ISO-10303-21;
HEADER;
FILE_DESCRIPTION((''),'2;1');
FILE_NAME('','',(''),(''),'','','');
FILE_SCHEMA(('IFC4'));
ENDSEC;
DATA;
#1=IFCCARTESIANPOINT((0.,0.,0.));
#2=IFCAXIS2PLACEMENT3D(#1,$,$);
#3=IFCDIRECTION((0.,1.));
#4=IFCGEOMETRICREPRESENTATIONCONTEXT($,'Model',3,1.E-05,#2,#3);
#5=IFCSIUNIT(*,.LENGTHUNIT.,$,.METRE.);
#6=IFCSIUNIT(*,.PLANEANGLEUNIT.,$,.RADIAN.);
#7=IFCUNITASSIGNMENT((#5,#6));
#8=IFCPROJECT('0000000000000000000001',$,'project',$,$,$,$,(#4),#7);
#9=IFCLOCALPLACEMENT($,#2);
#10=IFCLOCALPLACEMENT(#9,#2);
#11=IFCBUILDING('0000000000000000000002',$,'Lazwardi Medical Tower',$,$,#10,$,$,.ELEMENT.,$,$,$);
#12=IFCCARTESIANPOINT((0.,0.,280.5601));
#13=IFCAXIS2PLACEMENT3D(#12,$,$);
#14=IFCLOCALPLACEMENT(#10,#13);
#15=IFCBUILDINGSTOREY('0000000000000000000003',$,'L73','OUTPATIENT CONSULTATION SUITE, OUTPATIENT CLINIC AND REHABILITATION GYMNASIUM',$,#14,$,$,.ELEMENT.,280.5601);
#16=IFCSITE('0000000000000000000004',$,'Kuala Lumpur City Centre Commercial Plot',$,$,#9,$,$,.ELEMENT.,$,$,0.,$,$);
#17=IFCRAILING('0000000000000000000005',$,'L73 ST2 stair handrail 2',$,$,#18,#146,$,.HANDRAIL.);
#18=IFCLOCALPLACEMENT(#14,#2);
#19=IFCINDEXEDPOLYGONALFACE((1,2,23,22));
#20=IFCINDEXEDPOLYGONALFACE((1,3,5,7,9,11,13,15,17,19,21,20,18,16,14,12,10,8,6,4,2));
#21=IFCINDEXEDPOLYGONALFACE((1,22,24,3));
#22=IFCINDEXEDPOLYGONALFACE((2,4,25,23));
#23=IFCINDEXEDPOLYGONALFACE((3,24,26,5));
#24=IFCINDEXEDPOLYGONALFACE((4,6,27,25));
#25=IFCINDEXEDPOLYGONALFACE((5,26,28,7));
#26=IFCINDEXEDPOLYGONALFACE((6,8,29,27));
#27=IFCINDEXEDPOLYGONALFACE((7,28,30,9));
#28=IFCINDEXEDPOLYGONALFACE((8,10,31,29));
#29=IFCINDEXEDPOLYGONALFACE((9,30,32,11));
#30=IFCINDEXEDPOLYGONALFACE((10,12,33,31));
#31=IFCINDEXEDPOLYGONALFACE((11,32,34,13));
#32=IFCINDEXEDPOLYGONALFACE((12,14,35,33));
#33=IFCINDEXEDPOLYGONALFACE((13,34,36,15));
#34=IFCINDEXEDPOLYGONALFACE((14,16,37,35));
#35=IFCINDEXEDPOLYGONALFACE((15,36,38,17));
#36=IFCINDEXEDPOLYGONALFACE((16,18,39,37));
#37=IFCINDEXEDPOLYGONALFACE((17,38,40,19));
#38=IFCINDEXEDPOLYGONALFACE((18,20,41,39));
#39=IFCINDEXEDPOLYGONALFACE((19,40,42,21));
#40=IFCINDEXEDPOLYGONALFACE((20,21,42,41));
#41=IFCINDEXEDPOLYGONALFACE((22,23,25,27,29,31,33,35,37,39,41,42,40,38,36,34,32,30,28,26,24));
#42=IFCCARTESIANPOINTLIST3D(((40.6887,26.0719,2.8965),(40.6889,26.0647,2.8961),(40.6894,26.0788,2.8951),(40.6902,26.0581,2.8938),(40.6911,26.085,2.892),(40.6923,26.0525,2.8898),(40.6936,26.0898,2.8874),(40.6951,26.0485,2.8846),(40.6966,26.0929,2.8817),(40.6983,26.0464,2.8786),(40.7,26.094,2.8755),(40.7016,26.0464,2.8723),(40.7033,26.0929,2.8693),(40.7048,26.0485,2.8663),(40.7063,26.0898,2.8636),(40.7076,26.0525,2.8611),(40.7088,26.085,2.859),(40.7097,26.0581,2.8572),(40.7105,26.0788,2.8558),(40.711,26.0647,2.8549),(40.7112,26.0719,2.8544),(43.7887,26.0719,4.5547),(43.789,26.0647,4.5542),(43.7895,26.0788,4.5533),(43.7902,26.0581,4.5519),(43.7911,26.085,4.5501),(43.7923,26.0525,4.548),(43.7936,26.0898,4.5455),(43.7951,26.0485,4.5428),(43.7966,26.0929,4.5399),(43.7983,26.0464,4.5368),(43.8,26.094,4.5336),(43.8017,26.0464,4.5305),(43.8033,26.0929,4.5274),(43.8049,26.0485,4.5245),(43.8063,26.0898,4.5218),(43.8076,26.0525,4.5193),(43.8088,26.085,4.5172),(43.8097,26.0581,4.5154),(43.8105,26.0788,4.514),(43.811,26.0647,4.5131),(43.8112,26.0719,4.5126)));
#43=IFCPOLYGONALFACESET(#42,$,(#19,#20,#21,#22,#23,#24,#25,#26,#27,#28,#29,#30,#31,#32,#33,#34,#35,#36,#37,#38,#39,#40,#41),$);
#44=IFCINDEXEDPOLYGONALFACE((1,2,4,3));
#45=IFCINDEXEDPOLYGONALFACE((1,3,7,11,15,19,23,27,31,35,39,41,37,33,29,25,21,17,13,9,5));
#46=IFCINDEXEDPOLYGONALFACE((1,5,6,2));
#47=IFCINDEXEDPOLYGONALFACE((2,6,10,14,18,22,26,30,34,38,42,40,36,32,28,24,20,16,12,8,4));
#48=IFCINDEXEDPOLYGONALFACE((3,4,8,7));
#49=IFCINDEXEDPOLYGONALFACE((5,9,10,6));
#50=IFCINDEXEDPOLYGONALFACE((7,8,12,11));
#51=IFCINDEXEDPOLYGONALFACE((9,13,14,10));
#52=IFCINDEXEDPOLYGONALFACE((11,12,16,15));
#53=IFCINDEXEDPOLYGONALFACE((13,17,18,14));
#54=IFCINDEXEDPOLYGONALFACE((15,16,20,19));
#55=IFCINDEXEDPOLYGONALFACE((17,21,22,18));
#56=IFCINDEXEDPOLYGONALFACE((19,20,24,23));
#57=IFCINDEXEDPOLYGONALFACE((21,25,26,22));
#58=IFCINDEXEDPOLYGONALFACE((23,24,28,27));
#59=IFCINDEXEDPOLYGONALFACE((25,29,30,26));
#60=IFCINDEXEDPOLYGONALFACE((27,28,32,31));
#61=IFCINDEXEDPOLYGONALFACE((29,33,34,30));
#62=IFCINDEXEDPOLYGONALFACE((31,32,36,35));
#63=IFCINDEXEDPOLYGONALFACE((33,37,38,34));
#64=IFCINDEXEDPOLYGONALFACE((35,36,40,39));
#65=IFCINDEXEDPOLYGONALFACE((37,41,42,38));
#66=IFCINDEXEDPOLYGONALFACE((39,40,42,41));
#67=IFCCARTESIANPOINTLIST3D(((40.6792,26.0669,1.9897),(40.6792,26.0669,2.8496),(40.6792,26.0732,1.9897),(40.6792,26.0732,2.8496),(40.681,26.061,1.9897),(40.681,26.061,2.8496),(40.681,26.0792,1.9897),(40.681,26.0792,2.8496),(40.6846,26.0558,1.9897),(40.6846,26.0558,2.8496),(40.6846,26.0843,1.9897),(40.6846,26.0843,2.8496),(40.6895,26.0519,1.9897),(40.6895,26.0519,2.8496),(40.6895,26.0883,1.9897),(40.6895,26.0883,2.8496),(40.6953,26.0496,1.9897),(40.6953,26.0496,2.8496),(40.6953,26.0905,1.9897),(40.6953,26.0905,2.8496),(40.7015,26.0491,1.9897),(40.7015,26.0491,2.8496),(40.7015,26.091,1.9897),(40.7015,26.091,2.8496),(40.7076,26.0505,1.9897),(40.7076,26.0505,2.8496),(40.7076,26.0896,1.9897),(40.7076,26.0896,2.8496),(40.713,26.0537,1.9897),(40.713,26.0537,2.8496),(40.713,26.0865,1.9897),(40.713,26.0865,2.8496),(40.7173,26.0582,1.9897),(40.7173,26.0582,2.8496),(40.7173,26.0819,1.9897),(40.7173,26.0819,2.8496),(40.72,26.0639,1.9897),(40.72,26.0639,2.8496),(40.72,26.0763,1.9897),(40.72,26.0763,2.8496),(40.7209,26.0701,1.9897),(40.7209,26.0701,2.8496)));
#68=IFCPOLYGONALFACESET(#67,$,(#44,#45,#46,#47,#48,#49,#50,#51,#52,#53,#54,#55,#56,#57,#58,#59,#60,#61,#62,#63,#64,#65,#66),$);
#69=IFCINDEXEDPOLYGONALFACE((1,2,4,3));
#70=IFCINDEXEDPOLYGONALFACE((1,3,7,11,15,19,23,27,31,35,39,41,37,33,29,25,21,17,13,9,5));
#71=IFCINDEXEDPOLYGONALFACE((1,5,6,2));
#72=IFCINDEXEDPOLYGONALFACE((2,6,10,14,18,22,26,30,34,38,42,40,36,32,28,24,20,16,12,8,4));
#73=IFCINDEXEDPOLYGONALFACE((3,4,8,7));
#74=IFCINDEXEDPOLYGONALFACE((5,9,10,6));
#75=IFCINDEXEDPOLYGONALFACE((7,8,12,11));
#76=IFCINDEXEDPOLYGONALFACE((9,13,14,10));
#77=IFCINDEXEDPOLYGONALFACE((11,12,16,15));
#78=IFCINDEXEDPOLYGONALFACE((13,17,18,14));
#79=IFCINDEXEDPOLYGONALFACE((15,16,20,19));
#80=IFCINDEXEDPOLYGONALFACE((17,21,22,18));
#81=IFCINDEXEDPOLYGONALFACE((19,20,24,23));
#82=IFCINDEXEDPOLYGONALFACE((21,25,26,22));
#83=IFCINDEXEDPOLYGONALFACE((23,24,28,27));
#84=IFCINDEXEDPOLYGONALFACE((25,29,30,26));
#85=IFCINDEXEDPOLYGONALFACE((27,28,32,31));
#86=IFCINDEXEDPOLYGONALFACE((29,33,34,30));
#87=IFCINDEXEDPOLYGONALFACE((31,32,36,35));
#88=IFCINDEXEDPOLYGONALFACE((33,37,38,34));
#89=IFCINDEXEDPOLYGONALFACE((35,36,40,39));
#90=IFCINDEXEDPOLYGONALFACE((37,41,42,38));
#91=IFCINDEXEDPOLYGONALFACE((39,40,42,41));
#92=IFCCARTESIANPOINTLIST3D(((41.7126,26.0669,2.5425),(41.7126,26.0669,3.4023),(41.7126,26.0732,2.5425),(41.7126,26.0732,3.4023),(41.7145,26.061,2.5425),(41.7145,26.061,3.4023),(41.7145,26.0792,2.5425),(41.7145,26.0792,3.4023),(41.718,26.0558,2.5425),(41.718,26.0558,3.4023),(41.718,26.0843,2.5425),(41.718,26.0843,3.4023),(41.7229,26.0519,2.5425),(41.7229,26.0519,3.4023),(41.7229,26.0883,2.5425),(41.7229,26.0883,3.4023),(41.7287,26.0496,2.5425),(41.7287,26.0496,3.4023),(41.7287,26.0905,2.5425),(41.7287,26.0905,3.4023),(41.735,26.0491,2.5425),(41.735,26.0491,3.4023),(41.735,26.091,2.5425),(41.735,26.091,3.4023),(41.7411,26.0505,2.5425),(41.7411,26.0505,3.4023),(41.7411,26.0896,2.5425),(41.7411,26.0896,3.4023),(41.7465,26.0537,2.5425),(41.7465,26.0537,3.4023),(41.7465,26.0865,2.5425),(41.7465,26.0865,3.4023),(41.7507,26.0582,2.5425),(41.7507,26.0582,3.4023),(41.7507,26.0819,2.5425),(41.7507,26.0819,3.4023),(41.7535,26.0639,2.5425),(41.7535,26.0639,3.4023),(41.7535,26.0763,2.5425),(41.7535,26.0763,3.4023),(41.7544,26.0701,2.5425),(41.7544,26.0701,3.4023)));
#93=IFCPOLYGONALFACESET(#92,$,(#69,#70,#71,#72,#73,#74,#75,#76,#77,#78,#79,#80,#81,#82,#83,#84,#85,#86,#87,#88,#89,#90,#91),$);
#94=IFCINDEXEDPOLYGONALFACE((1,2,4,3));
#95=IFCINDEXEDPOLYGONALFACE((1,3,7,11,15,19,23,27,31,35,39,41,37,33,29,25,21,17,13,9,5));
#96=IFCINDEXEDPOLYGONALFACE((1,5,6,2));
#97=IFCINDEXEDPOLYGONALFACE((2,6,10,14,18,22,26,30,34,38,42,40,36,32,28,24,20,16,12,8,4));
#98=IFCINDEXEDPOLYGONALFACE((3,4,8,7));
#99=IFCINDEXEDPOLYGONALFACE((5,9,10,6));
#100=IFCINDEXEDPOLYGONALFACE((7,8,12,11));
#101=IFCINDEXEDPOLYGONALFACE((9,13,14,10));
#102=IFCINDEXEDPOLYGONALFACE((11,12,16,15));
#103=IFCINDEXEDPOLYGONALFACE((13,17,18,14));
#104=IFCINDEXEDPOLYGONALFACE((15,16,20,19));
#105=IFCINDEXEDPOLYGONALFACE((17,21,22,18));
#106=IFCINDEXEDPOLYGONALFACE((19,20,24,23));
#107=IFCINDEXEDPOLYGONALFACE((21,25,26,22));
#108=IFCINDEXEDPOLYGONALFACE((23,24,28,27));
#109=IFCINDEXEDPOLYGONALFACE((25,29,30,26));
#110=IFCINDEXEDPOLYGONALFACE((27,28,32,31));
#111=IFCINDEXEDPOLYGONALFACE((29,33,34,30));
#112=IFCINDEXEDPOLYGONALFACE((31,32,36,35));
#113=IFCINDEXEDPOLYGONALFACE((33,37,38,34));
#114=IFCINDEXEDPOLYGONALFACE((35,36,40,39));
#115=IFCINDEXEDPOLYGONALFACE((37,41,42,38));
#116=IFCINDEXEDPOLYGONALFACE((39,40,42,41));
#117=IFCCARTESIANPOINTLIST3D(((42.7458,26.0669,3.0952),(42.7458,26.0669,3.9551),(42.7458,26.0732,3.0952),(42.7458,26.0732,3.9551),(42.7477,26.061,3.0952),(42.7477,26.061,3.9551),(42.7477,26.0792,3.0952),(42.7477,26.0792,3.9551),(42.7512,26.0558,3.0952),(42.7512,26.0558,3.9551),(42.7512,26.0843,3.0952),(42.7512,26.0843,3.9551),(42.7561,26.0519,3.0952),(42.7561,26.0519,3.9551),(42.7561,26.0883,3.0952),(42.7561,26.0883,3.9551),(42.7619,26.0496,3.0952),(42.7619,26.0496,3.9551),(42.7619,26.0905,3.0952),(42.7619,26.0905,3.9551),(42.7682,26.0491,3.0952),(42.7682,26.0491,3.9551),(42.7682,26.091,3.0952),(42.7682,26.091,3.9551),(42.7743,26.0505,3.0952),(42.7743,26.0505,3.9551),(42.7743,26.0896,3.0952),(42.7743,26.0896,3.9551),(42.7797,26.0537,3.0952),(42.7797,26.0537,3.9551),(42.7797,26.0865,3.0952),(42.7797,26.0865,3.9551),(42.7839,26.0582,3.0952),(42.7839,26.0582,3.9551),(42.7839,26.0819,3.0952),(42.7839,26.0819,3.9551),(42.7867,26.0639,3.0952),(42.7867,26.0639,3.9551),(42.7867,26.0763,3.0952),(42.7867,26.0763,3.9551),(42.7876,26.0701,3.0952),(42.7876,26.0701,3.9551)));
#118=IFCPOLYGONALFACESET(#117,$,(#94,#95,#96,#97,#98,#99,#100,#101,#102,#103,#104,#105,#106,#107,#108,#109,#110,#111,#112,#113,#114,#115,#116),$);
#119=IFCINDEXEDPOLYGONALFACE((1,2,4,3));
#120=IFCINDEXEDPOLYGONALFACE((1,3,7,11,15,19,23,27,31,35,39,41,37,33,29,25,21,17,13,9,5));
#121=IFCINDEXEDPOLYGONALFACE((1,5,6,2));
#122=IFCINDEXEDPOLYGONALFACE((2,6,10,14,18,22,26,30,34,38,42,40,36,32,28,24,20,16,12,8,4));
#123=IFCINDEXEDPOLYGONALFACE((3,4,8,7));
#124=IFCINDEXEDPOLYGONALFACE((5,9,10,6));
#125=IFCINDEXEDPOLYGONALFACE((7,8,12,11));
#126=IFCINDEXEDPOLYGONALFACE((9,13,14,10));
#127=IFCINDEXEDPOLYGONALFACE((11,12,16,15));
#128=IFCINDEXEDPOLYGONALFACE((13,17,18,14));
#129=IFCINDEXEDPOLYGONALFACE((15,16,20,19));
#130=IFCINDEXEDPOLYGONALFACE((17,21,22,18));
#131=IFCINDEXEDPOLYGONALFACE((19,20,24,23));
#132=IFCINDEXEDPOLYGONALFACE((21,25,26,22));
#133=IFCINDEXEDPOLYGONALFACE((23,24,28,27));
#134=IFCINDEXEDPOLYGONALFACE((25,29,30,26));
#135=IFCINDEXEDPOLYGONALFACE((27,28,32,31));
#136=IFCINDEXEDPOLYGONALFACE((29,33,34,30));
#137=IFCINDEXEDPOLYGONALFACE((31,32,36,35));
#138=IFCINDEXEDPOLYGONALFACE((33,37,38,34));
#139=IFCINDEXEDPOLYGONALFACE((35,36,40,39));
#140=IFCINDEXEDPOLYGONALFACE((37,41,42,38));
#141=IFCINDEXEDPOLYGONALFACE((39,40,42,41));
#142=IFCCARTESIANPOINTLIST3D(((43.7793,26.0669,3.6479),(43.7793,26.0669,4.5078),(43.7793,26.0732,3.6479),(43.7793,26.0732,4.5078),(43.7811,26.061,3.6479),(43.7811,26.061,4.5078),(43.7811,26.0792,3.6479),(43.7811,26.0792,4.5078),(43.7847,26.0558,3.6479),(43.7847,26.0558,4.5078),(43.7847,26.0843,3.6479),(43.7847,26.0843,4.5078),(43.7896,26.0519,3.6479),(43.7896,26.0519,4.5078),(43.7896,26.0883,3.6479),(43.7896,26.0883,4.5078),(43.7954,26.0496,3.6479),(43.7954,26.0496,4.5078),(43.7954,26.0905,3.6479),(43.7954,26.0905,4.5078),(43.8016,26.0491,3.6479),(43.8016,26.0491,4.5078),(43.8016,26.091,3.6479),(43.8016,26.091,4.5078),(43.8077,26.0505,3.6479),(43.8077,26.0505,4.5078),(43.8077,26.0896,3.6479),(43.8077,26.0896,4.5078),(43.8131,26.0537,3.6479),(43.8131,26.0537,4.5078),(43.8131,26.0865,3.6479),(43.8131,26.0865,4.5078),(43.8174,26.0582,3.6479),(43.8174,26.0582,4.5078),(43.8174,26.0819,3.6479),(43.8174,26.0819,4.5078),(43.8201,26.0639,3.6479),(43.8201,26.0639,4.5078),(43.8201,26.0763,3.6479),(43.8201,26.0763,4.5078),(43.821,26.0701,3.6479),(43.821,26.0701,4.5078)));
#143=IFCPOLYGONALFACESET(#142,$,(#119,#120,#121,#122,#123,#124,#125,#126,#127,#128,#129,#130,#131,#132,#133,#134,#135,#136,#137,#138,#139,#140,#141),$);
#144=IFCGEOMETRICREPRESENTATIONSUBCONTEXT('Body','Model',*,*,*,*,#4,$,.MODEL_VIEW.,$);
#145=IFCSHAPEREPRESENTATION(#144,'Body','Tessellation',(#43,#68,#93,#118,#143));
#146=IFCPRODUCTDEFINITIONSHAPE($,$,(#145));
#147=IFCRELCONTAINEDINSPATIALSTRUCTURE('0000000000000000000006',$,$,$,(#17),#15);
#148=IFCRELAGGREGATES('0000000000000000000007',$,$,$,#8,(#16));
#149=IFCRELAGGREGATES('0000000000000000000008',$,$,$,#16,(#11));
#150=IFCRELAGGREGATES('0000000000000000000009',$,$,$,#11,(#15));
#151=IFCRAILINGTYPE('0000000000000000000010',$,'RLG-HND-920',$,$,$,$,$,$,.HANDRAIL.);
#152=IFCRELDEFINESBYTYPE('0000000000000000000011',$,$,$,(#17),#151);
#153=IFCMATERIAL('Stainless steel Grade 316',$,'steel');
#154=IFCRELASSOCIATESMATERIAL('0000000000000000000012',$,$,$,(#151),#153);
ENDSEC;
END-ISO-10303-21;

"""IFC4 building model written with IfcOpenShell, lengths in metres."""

from ifc_helpers import new_model, si_unit, direction, frame, origin, origin_2d, place, context, subcontext, project, spatial, circle, extrude, material, type_object, element, save


model = new_model("IFC4")

# Units and contexts
model_context = context("Model", 3, precision=1e-05, world=origin(), true_north=direction((0.0, 1.0)))
body_context = subcontext(model_context, "Body", "Model", "MODEL_VIEW")
ifc_project = project(units=[si_unit("LENGTHUNIT", "METRE"), si_unit("PLANEANGLEUNIT", "RADIAN")], contexts=[model_context])

# Site, building, storey
site_placement = place(None, origin())
site = spatial("IfcSite", under=ifc_project, at=site_placement, Name="Kuala Lumpur City Centre Commercial Plot", CompositionType="ELEMENT", RefElevation=0.0)
building_placement = place(site_placement, origin())
building = spatial("IfcBuilding", under=site, at=building_placement, Name="Lazwardi Medical Tower", CompositionType="ELEMENT")
storey_placement = place(building_placement, frame((0.0, 0.0, 280.5601)))
storey = spatial("IfcBuildingStorey", under=building, at=storey_placement, Name="L73", Description="OUTPATIENT CONSULTATION SUITE, OUTPATIENT CLINIC AND REHABILITATION GYMNASIUM", CompositionType="ELEMENT", Elevation=280.5601)

# Railing
ifc_material_1 = material(Name="Stainless steel Grade 316", Category="steel")
railing_type_1 = type_object("IfcRailingType", Name="RLG-HND-920", PredefinedType="HANDRAIL", material=ifc_material_1)
railing_1_placement = place(storey_placement, frame((40.7, 26.0701, 1.9897)))
element("IfcRailing", 1, at=railing_1_placement, inside=storey, type_object=railing_type_1, Name="L73 ST2 stair handrail 2", PredefinedType="HANDRAIL", context=body_context, shape_type="SweptSolid", body=[
    extrude(circle(Radius=0.0239, at=origin_2d()), frame((0.0, 0.0, 0.8857), z_axis=(0.881783, 0.0, 0.471655), x_axis=(0.0, 1.0, 0.0)), (0.0, 0.0, 1.0), 3.5156),
    extrude(circle(Radius=0.021, at=origin_2d()), origin(), (0.0, 0.0, 1.0), 0.8599),
    extrude(circle(Radius=0.021, at=origin_2d()), frame((1.0334, 0.0, 0.5527)), (0.0, 0.0, 1.0), 0.8599),
    extrude(circle(Radius=0.021, at=origin_2d()), frame((2.0667, 0.0, 1.1055)), (0.0, 0.0, 1.0), 0.8599),
    extrude(circle(Radius=0.021, at=origin_2d()), frame((3.1001, 0.0, 1.6582)), (0.0, 0.0, 1.0), 0.8599),
])

save(model, "model.ifc")
